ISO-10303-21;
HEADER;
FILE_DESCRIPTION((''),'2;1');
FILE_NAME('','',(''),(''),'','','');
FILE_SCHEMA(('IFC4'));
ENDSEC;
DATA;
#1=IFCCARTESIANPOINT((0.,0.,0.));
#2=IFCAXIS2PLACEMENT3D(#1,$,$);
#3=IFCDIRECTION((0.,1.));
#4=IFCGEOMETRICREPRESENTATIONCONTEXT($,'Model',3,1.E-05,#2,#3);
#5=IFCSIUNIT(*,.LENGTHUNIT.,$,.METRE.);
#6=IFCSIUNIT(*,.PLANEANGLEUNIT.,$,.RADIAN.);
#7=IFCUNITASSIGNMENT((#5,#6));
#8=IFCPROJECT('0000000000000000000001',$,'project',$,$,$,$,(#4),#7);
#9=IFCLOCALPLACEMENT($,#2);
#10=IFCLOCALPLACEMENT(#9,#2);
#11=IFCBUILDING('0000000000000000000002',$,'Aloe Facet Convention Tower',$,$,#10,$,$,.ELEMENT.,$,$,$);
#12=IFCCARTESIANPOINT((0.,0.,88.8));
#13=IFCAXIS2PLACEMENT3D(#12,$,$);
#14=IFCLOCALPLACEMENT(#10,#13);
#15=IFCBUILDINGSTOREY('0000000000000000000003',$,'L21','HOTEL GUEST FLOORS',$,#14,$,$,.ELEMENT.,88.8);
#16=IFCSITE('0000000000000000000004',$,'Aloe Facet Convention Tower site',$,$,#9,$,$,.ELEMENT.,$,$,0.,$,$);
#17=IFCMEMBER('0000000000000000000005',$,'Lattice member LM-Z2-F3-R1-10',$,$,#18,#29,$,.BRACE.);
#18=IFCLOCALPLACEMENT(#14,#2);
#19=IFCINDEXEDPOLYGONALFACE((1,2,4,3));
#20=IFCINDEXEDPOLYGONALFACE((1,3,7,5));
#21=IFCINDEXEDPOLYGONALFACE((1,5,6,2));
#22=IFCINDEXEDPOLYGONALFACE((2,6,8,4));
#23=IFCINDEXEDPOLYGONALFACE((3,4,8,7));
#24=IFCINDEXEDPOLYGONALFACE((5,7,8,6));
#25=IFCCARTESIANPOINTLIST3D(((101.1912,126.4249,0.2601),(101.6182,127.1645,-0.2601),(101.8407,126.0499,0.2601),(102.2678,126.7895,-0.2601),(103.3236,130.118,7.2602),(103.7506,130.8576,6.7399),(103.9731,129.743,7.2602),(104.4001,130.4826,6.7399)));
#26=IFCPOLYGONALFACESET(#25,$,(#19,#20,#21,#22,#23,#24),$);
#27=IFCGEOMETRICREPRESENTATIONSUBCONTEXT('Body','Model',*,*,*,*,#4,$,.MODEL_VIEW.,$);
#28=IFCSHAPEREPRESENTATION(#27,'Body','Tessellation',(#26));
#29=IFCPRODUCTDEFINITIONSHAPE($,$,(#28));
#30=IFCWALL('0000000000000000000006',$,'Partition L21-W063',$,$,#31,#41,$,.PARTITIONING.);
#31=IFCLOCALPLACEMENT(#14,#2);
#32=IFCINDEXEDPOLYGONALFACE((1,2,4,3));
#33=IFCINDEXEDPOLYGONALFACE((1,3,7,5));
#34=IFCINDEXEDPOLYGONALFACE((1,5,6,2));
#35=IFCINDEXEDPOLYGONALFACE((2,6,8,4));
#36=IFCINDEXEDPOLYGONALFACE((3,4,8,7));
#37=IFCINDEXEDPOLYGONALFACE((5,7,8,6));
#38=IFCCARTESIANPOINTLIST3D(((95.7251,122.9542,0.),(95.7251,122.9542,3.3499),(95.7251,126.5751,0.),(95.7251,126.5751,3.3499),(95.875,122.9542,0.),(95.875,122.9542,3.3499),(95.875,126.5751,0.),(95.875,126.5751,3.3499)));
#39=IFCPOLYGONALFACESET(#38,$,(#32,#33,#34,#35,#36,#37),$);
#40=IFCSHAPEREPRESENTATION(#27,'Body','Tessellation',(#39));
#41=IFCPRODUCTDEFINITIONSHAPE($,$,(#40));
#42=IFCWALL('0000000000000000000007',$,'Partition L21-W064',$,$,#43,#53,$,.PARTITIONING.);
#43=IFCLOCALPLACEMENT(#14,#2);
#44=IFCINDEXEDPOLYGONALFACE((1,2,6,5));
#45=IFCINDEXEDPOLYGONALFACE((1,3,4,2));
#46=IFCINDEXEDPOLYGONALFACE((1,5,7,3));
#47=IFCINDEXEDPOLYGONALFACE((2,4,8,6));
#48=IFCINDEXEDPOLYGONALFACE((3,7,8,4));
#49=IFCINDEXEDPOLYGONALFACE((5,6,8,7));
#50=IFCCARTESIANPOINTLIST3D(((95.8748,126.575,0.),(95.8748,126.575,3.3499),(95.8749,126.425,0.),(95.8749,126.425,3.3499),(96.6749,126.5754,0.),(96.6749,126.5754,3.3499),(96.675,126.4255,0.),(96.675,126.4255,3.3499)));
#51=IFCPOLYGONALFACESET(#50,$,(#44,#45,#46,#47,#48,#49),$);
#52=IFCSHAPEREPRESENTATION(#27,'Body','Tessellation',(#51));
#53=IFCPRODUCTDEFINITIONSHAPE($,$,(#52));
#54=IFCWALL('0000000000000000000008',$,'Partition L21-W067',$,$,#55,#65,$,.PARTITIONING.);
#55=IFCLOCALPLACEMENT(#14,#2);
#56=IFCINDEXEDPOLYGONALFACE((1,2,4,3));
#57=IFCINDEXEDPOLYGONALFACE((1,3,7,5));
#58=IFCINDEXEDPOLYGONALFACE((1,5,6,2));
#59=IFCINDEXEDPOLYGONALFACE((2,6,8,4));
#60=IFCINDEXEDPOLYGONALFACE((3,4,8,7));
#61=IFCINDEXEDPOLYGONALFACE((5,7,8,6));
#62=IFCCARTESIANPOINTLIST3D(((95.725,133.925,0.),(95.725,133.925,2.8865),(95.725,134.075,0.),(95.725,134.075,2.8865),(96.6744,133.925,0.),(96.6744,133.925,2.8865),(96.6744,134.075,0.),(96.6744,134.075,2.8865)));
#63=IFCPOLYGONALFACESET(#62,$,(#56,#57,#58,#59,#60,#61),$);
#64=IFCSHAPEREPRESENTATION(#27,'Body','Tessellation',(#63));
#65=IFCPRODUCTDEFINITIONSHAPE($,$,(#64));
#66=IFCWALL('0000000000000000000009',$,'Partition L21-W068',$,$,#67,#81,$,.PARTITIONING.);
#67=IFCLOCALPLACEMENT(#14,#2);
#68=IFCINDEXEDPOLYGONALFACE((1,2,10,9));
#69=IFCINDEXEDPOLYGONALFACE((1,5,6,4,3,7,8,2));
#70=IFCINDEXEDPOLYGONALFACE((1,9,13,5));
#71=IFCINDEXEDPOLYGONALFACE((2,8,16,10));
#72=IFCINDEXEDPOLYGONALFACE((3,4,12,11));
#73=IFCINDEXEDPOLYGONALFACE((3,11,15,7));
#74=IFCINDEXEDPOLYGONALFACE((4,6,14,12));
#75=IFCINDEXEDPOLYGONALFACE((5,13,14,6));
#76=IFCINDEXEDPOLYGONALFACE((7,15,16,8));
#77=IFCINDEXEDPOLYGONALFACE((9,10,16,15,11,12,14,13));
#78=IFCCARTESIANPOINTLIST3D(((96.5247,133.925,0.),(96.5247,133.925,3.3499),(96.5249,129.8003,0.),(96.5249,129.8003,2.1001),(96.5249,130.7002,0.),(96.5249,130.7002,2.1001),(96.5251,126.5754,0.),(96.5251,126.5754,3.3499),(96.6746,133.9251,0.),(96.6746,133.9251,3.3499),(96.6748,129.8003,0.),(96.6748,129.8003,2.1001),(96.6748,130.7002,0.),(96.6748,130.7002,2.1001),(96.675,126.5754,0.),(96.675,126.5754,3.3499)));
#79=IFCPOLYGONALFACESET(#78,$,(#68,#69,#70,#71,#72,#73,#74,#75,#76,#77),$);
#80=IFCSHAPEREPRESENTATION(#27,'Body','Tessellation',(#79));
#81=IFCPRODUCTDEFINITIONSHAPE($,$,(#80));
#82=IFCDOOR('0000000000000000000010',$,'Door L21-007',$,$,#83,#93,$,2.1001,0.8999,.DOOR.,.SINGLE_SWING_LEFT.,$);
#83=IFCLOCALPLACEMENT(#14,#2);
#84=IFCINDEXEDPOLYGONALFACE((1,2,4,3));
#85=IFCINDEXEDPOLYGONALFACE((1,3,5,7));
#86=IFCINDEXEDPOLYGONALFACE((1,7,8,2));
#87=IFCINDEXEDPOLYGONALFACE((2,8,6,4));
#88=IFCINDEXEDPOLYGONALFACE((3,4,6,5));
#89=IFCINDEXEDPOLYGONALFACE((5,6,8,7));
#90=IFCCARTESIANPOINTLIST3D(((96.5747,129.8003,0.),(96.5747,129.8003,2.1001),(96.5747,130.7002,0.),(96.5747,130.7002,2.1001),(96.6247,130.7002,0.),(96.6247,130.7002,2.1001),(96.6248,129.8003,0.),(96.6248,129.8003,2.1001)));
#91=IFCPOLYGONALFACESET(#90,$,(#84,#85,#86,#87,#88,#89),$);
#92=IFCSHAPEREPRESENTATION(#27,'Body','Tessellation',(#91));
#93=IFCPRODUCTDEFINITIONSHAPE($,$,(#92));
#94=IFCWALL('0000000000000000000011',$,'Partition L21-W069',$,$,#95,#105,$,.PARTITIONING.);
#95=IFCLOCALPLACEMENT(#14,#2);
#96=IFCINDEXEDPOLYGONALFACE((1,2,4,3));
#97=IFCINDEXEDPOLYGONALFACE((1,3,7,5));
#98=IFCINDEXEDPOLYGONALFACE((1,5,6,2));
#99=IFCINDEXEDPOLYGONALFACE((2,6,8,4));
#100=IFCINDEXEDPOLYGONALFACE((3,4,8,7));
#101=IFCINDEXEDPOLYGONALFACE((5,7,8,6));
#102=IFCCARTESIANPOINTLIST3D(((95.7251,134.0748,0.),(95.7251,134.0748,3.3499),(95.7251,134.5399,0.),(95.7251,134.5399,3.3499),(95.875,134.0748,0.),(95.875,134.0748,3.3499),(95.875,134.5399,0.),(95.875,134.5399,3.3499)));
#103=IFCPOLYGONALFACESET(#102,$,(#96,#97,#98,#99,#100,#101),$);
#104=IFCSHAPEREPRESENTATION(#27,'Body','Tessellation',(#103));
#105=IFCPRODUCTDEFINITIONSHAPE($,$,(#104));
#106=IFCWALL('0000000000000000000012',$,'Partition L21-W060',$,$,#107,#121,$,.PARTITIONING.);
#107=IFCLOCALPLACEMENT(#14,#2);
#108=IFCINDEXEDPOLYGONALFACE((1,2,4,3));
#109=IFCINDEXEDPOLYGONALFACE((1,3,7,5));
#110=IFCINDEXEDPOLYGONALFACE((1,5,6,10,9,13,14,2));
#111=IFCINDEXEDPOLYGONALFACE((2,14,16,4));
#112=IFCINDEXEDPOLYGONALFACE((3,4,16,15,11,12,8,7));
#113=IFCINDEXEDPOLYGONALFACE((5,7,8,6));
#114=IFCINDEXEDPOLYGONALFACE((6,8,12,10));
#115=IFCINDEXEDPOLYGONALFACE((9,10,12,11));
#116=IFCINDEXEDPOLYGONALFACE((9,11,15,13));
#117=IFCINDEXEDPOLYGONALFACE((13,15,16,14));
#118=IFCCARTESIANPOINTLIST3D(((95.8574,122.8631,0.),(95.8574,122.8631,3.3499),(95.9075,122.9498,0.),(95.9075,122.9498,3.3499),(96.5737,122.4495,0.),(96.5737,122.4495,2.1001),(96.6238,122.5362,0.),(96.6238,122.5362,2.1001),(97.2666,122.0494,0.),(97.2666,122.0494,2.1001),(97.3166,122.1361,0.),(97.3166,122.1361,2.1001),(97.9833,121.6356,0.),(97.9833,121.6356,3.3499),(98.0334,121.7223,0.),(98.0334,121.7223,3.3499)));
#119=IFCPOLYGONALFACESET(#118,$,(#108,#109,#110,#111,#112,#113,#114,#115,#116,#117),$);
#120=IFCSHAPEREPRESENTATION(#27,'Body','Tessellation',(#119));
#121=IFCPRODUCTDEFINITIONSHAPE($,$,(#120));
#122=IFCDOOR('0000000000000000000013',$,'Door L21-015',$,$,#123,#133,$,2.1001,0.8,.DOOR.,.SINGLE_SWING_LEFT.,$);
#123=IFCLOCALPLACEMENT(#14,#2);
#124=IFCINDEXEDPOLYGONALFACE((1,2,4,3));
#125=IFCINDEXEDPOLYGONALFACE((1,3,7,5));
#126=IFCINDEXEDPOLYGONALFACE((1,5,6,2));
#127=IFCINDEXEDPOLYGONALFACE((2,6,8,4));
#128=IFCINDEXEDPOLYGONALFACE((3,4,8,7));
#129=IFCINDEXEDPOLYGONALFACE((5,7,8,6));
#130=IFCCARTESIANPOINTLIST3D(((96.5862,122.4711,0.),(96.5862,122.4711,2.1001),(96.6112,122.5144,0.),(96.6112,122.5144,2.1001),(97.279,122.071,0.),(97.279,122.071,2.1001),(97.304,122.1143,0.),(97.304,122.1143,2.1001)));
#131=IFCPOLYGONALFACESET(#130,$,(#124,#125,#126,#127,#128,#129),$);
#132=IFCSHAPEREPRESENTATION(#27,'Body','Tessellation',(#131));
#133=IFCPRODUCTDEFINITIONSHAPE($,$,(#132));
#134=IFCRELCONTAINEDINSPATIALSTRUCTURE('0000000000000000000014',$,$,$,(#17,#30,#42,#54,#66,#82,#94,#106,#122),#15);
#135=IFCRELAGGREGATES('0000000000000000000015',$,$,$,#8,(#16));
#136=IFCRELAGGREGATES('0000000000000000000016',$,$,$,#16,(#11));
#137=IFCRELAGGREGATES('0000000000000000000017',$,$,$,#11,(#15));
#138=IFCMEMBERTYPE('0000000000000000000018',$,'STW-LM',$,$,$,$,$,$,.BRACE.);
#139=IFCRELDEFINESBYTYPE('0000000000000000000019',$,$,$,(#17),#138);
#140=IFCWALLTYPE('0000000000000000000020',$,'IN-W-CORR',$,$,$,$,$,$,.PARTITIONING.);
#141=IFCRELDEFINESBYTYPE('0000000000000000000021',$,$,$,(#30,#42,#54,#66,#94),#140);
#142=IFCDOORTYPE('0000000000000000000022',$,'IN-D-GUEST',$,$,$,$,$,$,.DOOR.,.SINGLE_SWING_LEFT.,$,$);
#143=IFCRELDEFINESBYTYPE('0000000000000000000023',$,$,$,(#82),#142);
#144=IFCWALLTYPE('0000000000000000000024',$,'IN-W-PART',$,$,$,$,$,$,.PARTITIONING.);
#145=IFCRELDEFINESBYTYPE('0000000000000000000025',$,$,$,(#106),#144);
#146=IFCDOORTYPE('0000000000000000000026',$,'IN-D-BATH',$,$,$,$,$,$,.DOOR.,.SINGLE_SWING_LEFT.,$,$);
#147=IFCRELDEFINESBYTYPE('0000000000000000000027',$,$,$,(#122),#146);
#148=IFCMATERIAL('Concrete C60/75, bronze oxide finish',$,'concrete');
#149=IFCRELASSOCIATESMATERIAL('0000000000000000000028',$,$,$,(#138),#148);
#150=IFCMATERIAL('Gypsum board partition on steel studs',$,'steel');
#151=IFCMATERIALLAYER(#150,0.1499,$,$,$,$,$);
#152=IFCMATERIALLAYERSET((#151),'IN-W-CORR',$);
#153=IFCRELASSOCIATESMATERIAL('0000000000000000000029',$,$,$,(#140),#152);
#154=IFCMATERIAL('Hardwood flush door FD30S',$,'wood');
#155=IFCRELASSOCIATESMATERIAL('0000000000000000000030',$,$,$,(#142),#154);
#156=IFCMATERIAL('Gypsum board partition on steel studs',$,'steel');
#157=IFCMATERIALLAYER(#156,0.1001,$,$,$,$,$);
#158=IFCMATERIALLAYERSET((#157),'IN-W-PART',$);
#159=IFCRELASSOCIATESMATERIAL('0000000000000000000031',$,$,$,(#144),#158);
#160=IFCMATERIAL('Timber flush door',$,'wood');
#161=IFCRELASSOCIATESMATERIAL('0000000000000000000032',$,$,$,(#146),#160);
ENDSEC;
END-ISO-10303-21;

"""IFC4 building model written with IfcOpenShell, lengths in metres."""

from ifc_helpers import new_model, si_unit, direction, frame, frame_2d, origin, origin_2d, place, context, subcontext, project, spatial, rectangle, extrude, material, layer, layer_set, material_profile, profile_set, type_object, element, fill, save


model = new_model("IFC4")

# Units and contexts
model_context = context("Model", 3, precision=1e-05, world=origin(), true_north=direction((0.0, 1.0)))
body_context = subcontext(model_context, "Body", "Model", "MODEL_VIEW")
ifc_project = project(units=[si_unit("LENGTHUNIT", "METRE"), si_unit("PLANEANGLEUNIT", "RADIAN")], contexts=[model_context])

# Site, building, storey
site_placement = place(None, origin())
site = spatial("IfcSite", under=ifc_project, at=site_placement, Name="Aloe Facet Convention Tower site", CompositionType="ELEMENT", RefElevation=0.0)
building_placement = place(site_placement, origin())
building = spatial("IfcBuilding", under=site, at=building_placement, Name="Aloe Facet Convention Tower", CompositionType="ELEMENT")
storey_placement = place(building_placement, frame((0.0, 0.0, 88.8)))
storey = spatial("IfcBuildingStorey", under=building, at=storey_placement, Name="L21", Description="HOTEL GUEST FLOORS", CompositionType="ELEMENT", Elevation=88.8)

# Member
ifc_material_1 = material(Name="Concrete C60/75, bronze oxide finish", Category="concrete")
ifc_material_profile_1 = material_profile(ifc_material_1, rectangle(XDim=0.75, YDim=1.0, at=origin_2d()), Name="STW-LM")
ifc_profile_set_1 = profile_set([ifc_material_profile_1], Name="Concrete C60/75, bronze oxide finish")
member_type = type_object("IfcMemberType", Name="STW-LM", PredefinedType="BRACE", material=ifc_profile_set_1)
member_placement = place(storey_placement, frame((101.7295, 126.6072, 0.0), z_axis=(0.260144, 0.450561, 0.854002), x_axis=(-0.866015, 0.500018, 0.0)))
element("IfcMember", 1, at=member_placement, inside=storey, type_object=member_type, Name="Lattice member LM-Z2-F3-R1-10", PredefinedType="BRACE", context=body_context, shape_type="SweptSolid", body=[
    extrude(rectangle(XDim=0.75, YDim=1.0, at=origin_2d()), origin(), (0.0, 0.0, 1.0), 8.1968),
])

# Walls
ifc_material_2 = material(Name="Gypsum board partition on steel studs", Category="steel")
ifc_layer_1 = layer(ifc_material_2, 0.1499)
ifc_layer_set_1 = layer_set([ifc_layer_1], Name="IN-W-CORR")
wall_type_1 = type_object("IfcWallType", Name="IN-W-CORR", PredefinedType="PARTITIONING", material=ifc_layer_set_1)
wall_1_placement = place(storey_placement, frame((95.8, 122.9541, 0.0), z_axis=(0.0, 0.0, 1.0), x_axis=(0.0, 1.0, 0.0)))
element("IfcWall", 2, at=wall_1_placement, inside=storey, type_object=wall_type_1, Name="Partition L21-W063", PredefinedType="PARTITIONING", context=body_context, shape_type="SweptSolid", body=[
    extrude(rectangle(XDim=3.6208, YDim=0.1499, at=frame_2d((1.8105, 0.0))), origin(), (0.0, 0.0, 1.0), 3.3499),
])
wall_2_placement = place(storey_placement, frame((95.875, 126.5, 0.0), z_axis=(0.0, 0.0, 1.0), x_axis=(1.0, 0.00061, 0.0)))
element("IfcWall", 3, at=wall_2_placement, inside=storey, type_object=wall_type_1, Name="Partition L21-W064", PredefinedType="PARTITIONING", context=body_context, shape_type="SweptSolid", body=[
    extrude(rectangle(XDim=0.8, YDim=0.1499, at=frame_2d((0.3999, 0.0))), origin(), (0.0, 0.0, 1.0), 3.3499),
])
wall_3_placement = place(storey_placement, frame((95.7251, 134.0, 0.0), z_axis=(0.0, 0.0, 1.0), x_axis=(1.0, 0.0, 0.0)))
element("IfcWall", 4, at=wall_3_placement, inside=storey, type_object=wall_type_1, Name="Partition L21-W067", PredefinedType="PARTITIONING", context=body_context, shape_type="SweptSolid", body=[
    extrude(rectangle(XDim=0.9495, YDim=0.1499, at=frame_2d((0.4746, 0.0))), origin(), (0.0, 0.0, 1.0), 2.8865),
])

# Wall, opening, door
wall_4_placement = place(storey_placement, frame((96.5996, 133.925, 0.0), z_axis=(0.0, 0.0, 1.0), x_axis=(0.000066, -1.0, 0.0)))
wall_4 = element("IfcWall", 5, at=wall_4_placement, inside=storey, type_object=wall_type_1, Name="Partition L21-W068", PredefinedType="PARTITIONING", context=body_context, shape_type="SweptSolid", body=[
    extrude(rectangle(XDim=7.3496, YDim=0.1499, at=frame_2d((3.6748, 0.0))), origin(), (0.0, 0.0, 1.0), 3.3499),
])
opening_1_placement = place(wall_4_placement, frame((3.2249, 0.0, 0.0)))
opening_1 = element("IfcOpeningElement", 6, at=opening_1_placement, cuts=wall_4, PredefinedType="OPENING", context=body_context, shape_type="SweptSolid", body=[
    extrude(rectangle(XDim=0.8999, YDim=2.1001, at=frame_2d((0.45, 1.05))), frame((0.0, 0.085, 0.0), z_axis=(0.0, -1.0, 0.0), x_axis=(1.0, 0.0, 0.0)), (0.0, 0.0, 1.0), 0.1699),
])
ifc_material_3 = material(Name="Hardwood flush door FD30S", Category="wood")
door_type_1 = type_object("IfcDoorType", Name="IN-D-GUEST", OperationType="SINGLE_SWING_LEFT", PredefinedType="DOOR", material=ifc_material_3)
door_1_placement = place(opening_1_placement, origin())
door_1 = element("IfcDoor", 7, at=door_1_placement, inside=storey, type_object=door_type_1, Name="Door L21-007", OperationType="SINGLE_SWING_LEFT", OverallHeight=2.1001, OverallWidth=0.8999, PredefinedType="DOOR", context=body_context, shape_type="SweptSolid", body=[
    extrude(rectangle(XDim=0.8999, YDim=2.1001, at=frame_2d((0.45, 1.05))), frame((0.0, 0.0249, 0.0), z_axis=(0.0, -1.0, 0.0), x_axis=(1.0, 0.0, 0.0)), (0.0, 0.0, 1.0), 0.05),
])
fill(opening_1, door_1)

# Wall
wall_5_placement = place(storey_placement, frame((95.8, 134.075, 0.0), z_axis=(0.0, 0.0, 1.0), x_axis=(0.0, 1.0, 0.0)))
element("IfcWall", 8, at=wall_5_placement, inside=storey, type_object=wall_type_1, Name="Partition L21-W069", PredefinedType="PARTITIONING", context=body_context, shape_type="SweptSolid", body=[
    extrude(rectangle(XDim=0.4651, YDim=0.1499, at=frame_2d((0.2324, 0.0))), origin(), (0.0, 0.0, 1.0), 3.3499),
])

# Wall, opening, door
ifc_material_4 = material(Name="Gypsum board partition on steel studs", Category="steel")
ifc_layer_2 = layer(ifc_material_4, 0.1001)
ifc_layer_set_2 = layer_set([ifc_layer_2], Name="IN-W-PART")
wall_type_2 = type_object("IfcWallType", Name="IN-W-PART", PredefinedType="PARTITIONING", material=ifc_layer_set_2)
wall_6_placement = place(storey_placement, frame((95.8823, 122.9065, 0.0), z_axis=(0.0, 0.0, 1.0), x_axis=(0.866007, -0.500032, 0.0)))
wall_6 = element("IfcWall", 9, at=wall_6_placement, inside=storey, type_object=wall_type_2, Name="Partition L21-W060", PredefinedType="PARTITIONING", context=body_context, shape_type="SweptSolid", body=[
    extrude(rectangle(XDim=2.4548, YDim=0.1001, at=frame_2d((1.2275, 0.0))), origin(), (0.0, 0.0, 1.0), 3.3499),
])
opening_2_placement = place(wall_6_placement, frame((0.8274, 0.0, 0.0)))
opening_2 = element("IfcOpeningElement", 10, at=opening_2_placement, cuts=wall_6, PredefinedType="OPENING", context=body_context, shape_type="SweptSolid", body=[
    extrude(rectangle(XDim=0.8, YDim=2.1001, at=frame_2d((0.3999, 1.05))), frame((0.0, 0.0601, 0.0), z_axis=(0.0, -1.0, 0.0), x_axis=(1.0, 0.0, 0.0)), (0.0, 0.0, 1.0), 0.1201),
])
ifc_material_5 = material(Name="Timber flush door", Category="wood")
door_type_2 = type_object("IfcDoorType", Name="IN-D-BATH", OperationType="SINGLE_SWING_LEFT", PredefinedType="DOOR", material=ifc_material_5)
door_2_placement = place(opening_2_placement, origin())
door_2 = element("IfcDoor", 11, at=door_2_placement, inside=storey, type_object=door_type_2, Name="Door L21-015", OperationType="SINGLE_SWING_LEFT", OverallHeight=2.1001, OverallWidth=0.8, PredefinedType="DOOR", context=body_context, shape_type="SweptSolid", body=[
    extrude(rectangle(XDim=0.8, YDim=2.1001, at=frame_2d((0.3999, 1.05))), frame((0.0, 0.0249, 0.0), z_axis=(0.0, -1.0, 0.0), x_axis=(1.0, 0.0, 0.0)), (0.0, 0.0, 1.0), 0.05),
])
fill(opening_2, door_2)

save(model, "model.ifc")
